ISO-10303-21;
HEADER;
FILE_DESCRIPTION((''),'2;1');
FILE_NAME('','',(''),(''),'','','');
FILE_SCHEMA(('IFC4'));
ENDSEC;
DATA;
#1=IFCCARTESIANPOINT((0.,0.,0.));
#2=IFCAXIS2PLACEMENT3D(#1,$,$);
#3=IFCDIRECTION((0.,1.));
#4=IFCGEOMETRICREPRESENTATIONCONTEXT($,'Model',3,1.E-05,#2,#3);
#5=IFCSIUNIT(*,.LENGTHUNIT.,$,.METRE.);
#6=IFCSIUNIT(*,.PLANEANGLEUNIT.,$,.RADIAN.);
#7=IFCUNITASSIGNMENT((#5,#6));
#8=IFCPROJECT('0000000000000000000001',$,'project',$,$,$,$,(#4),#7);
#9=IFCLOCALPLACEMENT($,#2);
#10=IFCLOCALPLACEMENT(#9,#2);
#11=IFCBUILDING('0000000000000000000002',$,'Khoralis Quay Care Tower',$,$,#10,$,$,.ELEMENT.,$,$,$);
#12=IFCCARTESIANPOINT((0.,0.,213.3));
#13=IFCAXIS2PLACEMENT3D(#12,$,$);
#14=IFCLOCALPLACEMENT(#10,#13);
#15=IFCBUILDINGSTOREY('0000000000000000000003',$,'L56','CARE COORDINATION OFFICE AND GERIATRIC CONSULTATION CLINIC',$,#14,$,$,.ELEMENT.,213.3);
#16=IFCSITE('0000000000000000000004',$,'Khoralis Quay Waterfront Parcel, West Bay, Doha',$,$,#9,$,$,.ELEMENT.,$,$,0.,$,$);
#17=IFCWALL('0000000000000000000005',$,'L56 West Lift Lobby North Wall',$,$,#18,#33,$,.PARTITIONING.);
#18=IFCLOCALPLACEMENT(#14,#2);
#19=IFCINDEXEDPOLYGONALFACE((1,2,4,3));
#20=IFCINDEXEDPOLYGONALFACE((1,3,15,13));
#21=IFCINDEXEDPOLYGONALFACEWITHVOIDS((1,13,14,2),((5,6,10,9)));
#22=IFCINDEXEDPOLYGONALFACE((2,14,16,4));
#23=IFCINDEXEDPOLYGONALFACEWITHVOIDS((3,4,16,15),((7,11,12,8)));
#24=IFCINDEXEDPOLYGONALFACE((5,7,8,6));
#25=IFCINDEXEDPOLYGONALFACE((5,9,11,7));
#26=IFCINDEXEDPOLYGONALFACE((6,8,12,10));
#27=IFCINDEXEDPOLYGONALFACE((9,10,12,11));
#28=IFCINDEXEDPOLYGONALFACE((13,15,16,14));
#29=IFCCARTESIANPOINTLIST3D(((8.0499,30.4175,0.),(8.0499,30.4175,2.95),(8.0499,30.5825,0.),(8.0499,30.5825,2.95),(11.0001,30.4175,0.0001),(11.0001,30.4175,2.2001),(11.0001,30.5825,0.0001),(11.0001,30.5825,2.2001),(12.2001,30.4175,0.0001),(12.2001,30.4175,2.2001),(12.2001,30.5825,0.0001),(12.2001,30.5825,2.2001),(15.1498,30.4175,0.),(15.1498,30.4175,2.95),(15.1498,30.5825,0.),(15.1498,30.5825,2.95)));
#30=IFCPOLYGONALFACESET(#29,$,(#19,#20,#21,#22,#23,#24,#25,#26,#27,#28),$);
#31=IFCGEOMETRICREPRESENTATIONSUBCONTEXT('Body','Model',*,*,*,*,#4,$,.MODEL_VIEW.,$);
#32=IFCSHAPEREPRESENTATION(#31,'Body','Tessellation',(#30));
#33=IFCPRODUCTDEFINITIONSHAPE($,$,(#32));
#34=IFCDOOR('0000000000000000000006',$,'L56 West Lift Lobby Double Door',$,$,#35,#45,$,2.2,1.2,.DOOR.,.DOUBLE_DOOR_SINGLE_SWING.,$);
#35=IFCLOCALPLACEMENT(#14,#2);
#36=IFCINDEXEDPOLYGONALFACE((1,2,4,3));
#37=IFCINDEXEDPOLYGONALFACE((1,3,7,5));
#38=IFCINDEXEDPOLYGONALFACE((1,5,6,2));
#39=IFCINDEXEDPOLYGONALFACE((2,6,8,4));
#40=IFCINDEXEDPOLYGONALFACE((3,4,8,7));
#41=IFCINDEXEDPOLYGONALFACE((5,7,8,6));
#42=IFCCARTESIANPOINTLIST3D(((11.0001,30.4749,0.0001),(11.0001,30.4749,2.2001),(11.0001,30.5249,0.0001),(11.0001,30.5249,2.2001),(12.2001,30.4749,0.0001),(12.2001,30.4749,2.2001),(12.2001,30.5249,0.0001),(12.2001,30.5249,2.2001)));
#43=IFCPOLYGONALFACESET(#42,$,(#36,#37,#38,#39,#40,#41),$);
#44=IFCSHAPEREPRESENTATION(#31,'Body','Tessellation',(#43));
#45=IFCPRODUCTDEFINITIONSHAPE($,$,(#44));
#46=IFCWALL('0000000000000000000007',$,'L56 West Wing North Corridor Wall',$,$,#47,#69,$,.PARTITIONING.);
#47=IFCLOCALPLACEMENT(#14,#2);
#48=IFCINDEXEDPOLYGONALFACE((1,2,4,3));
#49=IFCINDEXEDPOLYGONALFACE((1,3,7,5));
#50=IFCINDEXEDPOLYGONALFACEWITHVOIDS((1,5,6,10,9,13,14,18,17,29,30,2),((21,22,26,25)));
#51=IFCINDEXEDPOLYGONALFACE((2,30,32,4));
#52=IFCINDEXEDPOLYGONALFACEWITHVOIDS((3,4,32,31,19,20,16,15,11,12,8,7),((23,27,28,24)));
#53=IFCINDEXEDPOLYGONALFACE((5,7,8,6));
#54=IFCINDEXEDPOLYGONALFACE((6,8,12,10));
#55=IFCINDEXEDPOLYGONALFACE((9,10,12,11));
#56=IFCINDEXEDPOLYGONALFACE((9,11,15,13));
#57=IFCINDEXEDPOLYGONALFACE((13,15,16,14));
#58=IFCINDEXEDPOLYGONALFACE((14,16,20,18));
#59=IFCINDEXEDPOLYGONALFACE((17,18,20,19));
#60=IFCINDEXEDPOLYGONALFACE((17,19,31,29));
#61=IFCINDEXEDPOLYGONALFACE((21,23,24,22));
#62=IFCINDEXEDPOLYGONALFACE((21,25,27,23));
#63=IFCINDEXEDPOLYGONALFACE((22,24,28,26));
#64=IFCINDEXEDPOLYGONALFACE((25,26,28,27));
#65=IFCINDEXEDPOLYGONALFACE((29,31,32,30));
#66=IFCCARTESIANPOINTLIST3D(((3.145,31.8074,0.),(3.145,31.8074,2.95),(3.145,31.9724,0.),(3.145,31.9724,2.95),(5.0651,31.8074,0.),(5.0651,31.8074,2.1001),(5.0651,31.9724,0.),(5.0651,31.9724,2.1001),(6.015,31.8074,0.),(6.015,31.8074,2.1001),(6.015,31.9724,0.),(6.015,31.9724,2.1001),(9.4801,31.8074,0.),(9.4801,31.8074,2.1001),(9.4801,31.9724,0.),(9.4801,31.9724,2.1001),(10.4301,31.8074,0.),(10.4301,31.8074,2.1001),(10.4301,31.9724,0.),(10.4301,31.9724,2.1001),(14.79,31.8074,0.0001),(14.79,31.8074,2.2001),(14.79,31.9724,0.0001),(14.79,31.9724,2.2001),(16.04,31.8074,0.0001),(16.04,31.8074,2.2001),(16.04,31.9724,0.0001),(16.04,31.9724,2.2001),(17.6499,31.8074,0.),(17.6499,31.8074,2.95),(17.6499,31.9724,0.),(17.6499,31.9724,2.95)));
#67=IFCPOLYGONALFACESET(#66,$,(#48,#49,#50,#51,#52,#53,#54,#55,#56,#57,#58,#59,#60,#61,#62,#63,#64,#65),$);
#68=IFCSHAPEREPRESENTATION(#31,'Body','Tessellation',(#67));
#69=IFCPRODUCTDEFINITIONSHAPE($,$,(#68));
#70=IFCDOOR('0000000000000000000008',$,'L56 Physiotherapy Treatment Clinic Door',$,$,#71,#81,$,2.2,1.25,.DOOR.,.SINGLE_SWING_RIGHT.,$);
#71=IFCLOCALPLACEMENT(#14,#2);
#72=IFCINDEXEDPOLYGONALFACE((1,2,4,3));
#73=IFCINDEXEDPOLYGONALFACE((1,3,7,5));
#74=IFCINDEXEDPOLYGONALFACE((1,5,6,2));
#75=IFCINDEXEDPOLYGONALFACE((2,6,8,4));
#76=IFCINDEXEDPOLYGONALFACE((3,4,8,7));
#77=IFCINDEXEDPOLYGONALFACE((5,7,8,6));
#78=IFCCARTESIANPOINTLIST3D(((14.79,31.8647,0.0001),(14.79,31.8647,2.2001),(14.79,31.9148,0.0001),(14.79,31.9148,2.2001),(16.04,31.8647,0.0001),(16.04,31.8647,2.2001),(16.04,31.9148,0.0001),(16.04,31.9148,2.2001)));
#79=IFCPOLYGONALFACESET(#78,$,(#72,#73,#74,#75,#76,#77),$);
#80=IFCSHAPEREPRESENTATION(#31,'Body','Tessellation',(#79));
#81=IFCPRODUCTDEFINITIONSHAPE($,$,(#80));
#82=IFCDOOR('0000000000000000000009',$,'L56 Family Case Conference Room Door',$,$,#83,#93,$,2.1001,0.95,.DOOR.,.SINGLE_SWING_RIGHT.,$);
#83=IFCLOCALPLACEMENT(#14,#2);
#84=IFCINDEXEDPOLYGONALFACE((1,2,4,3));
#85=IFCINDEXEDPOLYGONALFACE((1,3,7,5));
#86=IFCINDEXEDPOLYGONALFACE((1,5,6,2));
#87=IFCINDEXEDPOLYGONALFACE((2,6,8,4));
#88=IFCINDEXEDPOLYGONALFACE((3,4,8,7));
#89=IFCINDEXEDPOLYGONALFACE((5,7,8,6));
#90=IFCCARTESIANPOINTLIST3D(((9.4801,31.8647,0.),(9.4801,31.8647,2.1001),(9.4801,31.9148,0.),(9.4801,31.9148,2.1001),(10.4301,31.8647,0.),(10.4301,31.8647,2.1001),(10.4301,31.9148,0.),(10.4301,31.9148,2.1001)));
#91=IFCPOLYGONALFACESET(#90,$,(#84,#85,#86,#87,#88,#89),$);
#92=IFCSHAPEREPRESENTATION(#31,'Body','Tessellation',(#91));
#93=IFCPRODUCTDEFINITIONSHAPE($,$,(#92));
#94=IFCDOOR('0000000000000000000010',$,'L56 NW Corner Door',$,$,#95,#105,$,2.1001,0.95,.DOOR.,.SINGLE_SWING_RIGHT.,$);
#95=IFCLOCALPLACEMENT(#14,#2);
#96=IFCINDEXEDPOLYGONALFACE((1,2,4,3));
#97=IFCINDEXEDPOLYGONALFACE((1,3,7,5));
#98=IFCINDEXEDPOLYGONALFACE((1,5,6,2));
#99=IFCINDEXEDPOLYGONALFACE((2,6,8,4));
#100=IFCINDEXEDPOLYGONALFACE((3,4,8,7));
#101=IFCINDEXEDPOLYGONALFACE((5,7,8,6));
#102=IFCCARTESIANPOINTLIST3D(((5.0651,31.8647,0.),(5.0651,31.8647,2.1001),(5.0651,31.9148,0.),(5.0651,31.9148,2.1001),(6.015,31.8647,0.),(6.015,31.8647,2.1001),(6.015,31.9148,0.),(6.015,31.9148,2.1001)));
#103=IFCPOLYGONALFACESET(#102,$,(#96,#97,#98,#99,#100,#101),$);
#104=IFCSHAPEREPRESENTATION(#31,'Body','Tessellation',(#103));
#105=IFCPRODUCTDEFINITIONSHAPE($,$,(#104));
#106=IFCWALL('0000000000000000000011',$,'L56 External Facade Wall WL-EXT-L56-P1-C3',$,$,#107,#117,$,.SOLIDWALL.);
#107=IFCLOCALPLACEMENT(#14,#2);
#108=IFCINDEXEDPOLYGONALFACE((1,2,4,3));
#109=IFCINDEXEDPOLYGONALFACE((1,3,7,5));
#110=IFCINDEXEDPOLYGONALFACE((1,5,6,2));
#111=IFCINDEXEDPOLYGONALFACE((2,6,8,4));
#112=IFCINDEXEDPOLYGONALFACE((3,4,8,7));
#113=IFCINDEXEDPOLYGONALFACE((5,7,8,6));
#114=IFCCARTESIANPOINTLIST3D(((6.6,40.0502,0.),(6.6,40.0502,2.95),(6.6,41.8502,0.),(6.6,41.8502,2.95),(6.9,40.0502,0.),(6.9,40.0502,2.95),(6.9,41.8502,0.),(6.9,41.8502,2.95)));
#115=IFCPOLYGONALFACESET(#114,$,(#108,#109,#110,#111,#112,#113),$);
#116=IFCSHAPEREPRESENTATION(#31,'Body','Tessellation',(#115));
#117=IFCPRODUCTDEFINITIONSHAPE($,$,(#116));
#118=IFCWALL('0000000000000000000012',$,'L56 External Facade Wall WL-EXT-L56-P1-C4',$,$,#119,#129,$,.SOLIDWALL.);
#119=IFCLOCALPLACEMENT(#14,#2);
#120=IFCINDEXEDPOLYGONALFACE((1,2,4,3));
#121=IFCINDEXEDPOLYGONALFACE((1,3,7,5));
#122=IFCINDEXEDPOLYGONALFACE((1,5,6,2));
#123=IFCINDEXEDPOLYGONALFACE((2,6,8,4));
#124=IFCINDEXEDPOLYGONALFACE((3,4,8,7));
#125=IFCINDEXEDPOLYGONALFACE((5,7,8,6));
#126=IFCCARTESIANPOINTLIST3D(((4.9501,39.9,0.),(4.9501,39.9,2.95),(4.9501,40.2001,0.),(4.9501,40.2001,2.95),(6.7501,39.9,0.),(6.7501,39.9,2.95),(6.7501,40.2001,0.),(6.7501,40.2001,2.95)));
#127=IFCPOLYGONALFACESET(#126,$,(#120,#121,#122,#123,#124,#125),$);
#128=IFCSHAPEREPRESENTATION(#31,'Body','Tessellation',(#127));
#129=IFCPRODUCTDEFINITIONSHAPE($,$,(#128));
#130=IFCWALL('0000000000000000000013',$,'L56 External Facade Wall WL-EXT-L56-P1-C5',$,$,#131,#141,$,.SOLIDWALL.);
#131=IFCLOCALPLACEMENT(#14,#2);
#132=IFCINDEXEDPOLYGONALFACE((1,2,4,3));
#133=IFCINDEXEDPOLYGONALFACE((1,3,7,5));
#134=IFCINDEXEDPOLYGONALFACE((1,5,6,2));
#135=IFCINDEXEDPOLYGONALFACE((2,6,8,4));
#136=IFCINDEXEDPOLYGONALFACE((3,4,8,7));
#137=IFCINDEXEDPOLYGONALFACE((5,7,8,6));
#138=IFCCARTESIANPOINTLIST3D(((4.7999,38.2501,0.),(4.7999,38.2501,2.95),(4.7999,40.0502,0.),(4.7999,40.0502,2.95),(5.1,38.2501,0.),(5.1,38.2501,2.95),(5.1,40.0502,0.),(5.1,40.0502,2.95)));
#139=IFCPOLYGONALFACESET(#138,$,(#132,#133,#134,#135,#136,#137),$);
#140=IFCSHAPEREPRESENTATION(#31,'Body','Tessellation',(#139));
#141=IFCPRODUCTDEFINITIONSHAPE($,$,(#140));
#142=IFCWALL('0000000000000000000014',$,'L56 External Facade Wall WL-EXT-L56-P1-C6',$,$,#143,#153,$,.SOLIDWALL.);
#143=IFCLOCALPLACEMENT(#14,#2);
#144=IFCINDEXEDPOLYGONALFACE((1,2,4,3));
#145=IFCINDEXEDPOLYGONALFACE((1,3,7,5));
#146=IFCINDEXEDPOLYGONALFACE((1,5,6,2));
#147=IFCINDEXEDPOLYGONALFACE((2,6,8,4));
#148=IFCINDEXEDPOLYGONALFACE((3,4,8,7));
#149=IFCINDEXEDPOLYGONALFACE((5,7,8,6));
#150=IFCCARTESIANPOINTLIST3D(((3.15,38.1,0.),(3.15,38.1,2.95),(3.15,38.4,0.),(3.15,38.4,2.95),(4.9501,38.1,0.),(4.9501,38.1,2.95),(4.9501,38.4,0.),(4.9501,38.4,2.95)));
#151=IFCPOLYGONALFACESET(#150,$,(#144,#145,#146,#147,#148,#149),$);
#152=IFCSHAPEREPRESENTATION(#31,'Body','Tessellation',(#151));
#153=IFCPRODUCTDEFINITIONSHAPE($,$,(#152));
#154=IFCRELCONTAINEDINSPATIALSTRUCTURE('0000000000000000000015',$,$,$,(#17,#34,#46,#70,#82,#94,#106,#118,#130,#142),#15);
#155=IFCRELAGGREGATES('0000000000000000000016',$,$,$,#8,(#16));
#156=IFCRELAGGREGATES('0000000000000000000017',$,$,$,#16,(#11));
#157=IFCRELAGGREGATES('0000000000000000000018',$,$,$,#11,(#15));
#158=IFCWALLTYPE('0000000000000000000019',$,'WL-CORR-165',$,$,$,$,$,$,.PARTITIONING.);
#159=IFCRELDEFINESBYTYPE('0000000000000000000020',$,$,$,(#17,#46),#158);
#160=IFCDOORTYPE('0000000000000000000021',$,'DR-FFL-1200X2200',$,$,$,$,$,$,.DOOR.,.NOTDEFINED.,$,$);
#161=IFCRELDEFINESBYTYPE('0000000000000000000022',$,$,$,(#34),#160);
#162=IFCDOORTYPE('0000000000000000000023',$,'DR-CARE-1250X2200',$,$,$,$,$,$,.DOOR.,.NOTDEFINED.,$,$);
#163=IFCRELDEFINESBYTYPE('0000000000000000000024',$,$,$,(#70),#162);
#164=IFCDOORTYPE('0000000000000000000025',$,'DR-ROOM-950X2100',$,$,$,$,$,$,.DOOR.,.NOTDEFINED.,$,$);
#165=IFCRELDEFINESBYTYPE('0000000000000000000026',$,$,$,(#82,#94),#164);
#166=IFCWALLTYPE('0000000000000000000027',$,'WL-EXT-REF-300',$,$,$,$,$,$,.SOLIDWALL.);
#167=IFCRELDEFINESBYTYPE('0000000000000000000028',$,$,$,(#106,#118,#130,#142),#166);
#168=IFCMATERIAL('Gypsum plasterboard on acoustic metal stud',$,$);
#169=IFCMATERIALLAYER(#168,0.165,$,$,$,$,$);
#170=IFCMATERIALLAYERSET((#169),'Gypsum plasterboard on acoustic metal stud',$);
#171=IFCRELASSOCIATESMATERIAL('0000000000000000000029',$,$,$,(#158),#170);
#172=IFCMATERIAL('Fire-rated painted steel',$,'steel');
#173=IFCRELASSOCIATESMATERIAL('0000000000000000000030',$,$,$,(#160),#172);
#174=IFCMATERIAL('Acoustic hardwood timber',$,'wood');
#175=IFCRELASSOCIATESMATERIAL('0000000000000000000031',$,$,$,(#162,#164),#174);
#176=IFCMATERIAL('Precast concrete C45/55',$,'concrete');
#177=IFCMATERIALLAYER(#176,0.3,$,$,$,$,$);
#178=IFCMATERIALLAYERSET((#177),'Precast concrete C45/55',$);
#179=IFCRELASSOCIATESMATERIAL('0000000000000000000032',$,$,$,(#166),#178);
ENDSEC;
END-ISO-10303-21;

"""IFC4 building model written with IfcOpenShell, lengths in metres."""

from ifc_helpers import new_model, si_unit, direction, frame, frame_2d, origin, place, context, subcontext, project, spatial, rectangle, extrude, source, transform, mapped, material, layer, layer_set, type_object, element, fill, save


model = new_model("IFC4")

# Units and contexts
model_context = context("Model", 3, precision=1e-05, world=origin(), true_north=direction((0.0, 1.0)))
body_context = subcontext(model_context, "Body", "Model", "MODEL_VIEW")
ifc_project = project(units=[si_unit("LENGTHUNIT", "METRE"), si_unit("PLANEANGLEUNIT", "RADIAN")], contexts=[model_context])

# Site, building, storey
site_placement = place(None, origin())
site = spatial("IfcSite", under=ifc_project, at=site_placement, Name="Khoralis Quay Waterfront Parcel, West Bay, Doha", CompositionType="ELEMENT", RefElevation=0.0)
building_placement = place(site_placement, origin())
building = spatial("IfcBuilding", under=site, at=building_placement, Name="Khoralis Quay Care Tower", CompositionType="ELEMENT")
storey_placement = place(building_placement, frame((0.0, 0.0, 213.3)))
storey = spatial("IfcBuildingStorey", under=building, at=storey_placement, Name="L56", Description="CARE COORDINATION OFFICE AND GERIATRIC CONSULTATION CLINIC", CompositionType="ELEMENT", Elevation=213.3)

# Wall, opening, door
ifc_material_1 = material(Name="Gypsum plasterboard on acoustic metal stud")
ifc_layer_1 = layer(ifc_material_1, 0.165)
ifc_layer_set_1 = layer_set([ifc_layer_1], Name="Gypsum plasterboard on acoustic metal stud")
wall_type_1 = type_object("IfcWallType", Name="WL-CORR-165", PredefinedType="PARTITIONING", material=ifc_layer_set_1)
wall_1_placement = place(storey_placement, frame((8.05, 30.5, 0.0), z_axis=(0.0, 0.0, 1.0), x_axis=(1.0, 0.0, 0.0)))
wall_1 = element("IfcWall", 1, at=wall_1_placement, inside=storey, type_object=wall_type_1, Name="L56 West Lift Lobby North Wall", PredefinedType="PARTITIONING", context=body_context, shape_type="SweptSolid", body=[
    extrude(rectangle(XDim=7.0999, YDim=0.165, at=frame_2d((3.5498, 0.0))), origin(), (0.0, 0.0, 1.0), 2.95),
])
opening_1_placement = place(wall_1_placement, frame((2.95, 0.0, 0.0)))
opening_1 = element("IfcOpeningElement", 2, at=opening_1_placement, cuts=wall_1, PredefinedType="OPENING", context=body_context, shape_type="SweptSolid", body=[
    extrude(rectangle(XDim=1.2, YDim=2.2, at=frame_2d((0.6001, 1.1001))), frame((0.0, 0.0925, 0.0), z_axis=(0.0, -1.0, 0.0), x_axis=(1.0, 0.0, 0.0)), (0.0, 0.0, 1.0), 0.1851),
])
ifc_material_2 = material(Name="Fire-rated painted steel", Category="steel")
door_type_1 = type_object("IfcDoorType", Name="DR-FFL-1200X2200", OperationType="NOTDEFINED", PredefinedType="DOOR", material=ifc_material_2)
shared_shape_1 = source(origin(), body_context, "Body", "SweptSolid", [
    extrude(rectangle(XDim=1.2, YDim=2.2, at=frame_2d((0.6001, 1.1001))), frame((0.0, 0.0249, 0.0), z_axis=(0.0, -1.0, 0.0), x_axis=(1.0, 0.0, 0.0)), (0.0, 0.0, 1.0), 0.05),
])
door_1_placement = place(opening_1_placement, origin())
door_1 = element("IfcDoor", 3, at=door_1_placement, inside=storey, type_object=door_type_1, Name="L56 West Lift Lobby Double Door", OperationType="DOUBLE_DOOR_SINGLE_SWING", OverallHeight=2.2, OverallWidth=1.2, PredefinedType="DOOR", context=body_context, shape_type="MappedRepresentation", body=[
    mapped(shared_shape_1, transform((0.0, 0.0, 0.0), scale=1.0)),
])
fill(opening_1, door_1)

# Wall, openings, doors
wall_2_placement = place(storey_placement, frame((3.145, 31.8899, 0.0), z_axis=(0.0, 0.0, 1.0), x_axis=(1.0, 0.0, 0.0)))
wall_2 = element("IfcWall", 4, at=wall_2_placement, inside=storey, type_object=wall_type_1, Name="L56 West Wing North Corridor Wall", PredefinedType="PARTITIONING", context=body_context, shape_type="SweptSolid", body=[
    extrude(rectangle(XDim=14.5049, YDim=0.165, at=frame_2d((7.2524, 0.0))), origin(), (0.0, 0.0, 1.0), 2.95),
])
opening_2_placement = place(wall_2_placement, frame((6.335, 0.0, 0.0)))
opening_2 = element("IfcOpeningElement", 5, at=opening_2_placement, cuts=wall_2, PredefinedType="OPENING", context=body_context, shape_type="SweptSolid", body=[
    extrude(rectangle(XDim=0.95, YDim=2.1001, at=frame_2d((0.4751, 1.05))), frame((0.0, 0.0925, 0.0), z_axis=(0.0, -1.0, 0.0), x_axis=(1.0, 0.0, 0.0)), (0.0, 0.0, 1.0), 0.1851),
])
opening_3_placement = place(wall_2_placement, frame((11.645, 0.0, 0.0)))
opening_3 = element("IfcOpeningElement", 6, at=opening_3_placement, cuts=wall_2, PredefinedType="OPENING", context=body_context, shape_type="SweptSolid", body=[
    extrude(rectangle(XDim=1.25, YDim=2.2, at=frame_2d((0.625, 1.1001))), frame((0.0, 0.0925, 0.0), z_axis=(0.0, -1.0, 0.0), x_axis=(1.0, 0.0, 0.0)), (0.0, 0.0, 1.0), 0.1851),
])
opening_4_placement = place(wall_2_placement, frame((1.9199, 0.0, 0.0)))
opening_4 = element("IfcOpeningElement", 7, at=opening_4_placement, cuts=wall_2, PredefinedType="OPENING", context=body_context, shape_type="SweptSolid", body=[
    extrude(rectangle(XDim=0.95, YDim=2.1001, at=frame_2d((0.4751, 1.05))), frame((0.0, 0.0925, 0.0), z_axis=(0.0, -1.0, 0.0), x_axis=(1.0, 0.0, 0.0)), (0.0, 0.0, 1.0), 0.1851),
])
ifc_material_3 = material(Name="Acoustic hardwood timber", Category="wood")
door_type_2 = type_object("IfcDoorType", Name="DR-CARE-1250X2200", OperationType="NOTDEFINED", PredefinedType="DOOR", material=ifc_material_3)
shared_shape_2 = source(origin(), body_context, "Body", "SweptSolid", [
    extrude(rectangle(XDim=1.25, YDim=2.2, at=frame_2d((0.625, 1.1001))), frame((0.0, 0.0249, 0.0), z_axis=(0.0, -1.0, 0.0), x_axis=(1.0, 0.0, 0.0)), (0.0, 0.0, 1.0), 0.05),
])
door_2_placement = place(opening_3_placement, origin())
door_2 = element("IfcDoor", 8, at=door_2_placement, inside=storey, type_object=door_type_2, Name="L56 Physiotherapy Treatment Clinic Door", OperationType="SINGLE_SWING_RIGHT", OverallHeight=2.2, OverallWidth=1.25, PredefinedType="DOOR", context=body_context, shape_type="MappedRepresentation", body=[
    mapped(shared_shape_2, transform((0.0, 0.0, 0.0), scale=1.0)),
])
fill(opening_3, door_2)
door_type_3 = type_object("IfcDoorType", Name="DR-ROOM-950X2100", OperationType="NOTDEFINED", PredefinedType="DOOR", material=ifc_material_3)
shared_shape_3 = source(origin(), body_context, "Body", "SweptSolid", [
    extrude(rectangle(XDim=0.95, YDim=2.1001, at=frame_2d((0.4751, 1.05))), frame((0.0, 0.0249, 0.0), z_axis=(0.0, -1.0, 0.0), x_axis=(1.0, 0.0, 0.0)), (0.0, 0.0, 1.0), 0.05),
])
door_3_placement = place(opening_2_placement, origin())
door_3 = element("IfcDoor", 9, at=door_3_placement, inside=storey, type_object=door_type_3, Name="L56 Family Case Conference Room Door", OperationType="SINGLE_SWING_RIGHT", OverallHeight=2.1001, OverallWidth=0.95, PredefinedType="DOOR", context=body_context, shape_type="MappedRepresentation", body=[
    mapped(shared_shape_3, transform((0.0, 0.0, 0.0), scale=1.0)),
])
fill(opening_2, door_3)
door_4_placement = place(opening_4_placement, origin())
door_4 = element("IfcDoor", 10, at=door_4_placement, inside=storey, type_object=door_type_3, Name="L56 NW Corner Door", OperationType="SINGLE_SWING_RIGHT", OverallHeight=2.1001, OverallWidth=0.95, PredefinedType="DOOR", context=body_context, shape_type="MappedRepresentation", body=[
    mapped(shared_shape_3, transform((0.0, 0.0, 0.0), scale=1.0)),
])
fill(opening_4, door_4)

# Walls
ifc_material_4 = material(Name="Precast concrete C45/55", Category="concrete")
ifc_layer_2 = layer(ifc_material_4, 0.3)
ifc_layer_set_2 = layer_set([ifc_layer_2], Name="Precast concrete C45/55")
wall_type_2 = type_object("IfcWallType", Name="WL-EXT-REF-300", PredefinedType="SOLIDWALL", material=ifc_layer_set_2)
for number, where, z_axis, x_axis, name in (
    (11, (6.75, 41.8501, 0.0), (0.0, 0.0, 1.0), (0.0, -1.0, 0.0), "L56 External Facade Wall WL-EXT-L56-P1-C3"),
    (12, (6.75, 40.05, 0.0), (0.0, 0.0, 1.0), (-1.0, 0.0, 0.0), "L56 External Facade Wall WL-EXT-L56-P1-C4"),
    (13, (4.95, 40.05, 0.0), (0.0, 0.0, 1.0), (0.0, -1.0, 0.0), "L56 External Facade Wall WL-EXT-L56-P1-C5"),
    (14, (4.95, 38.25, 0.0), (0.0, 0.0, 1.0), (-1.0, 0.0, 0.0), "L56 External Facade Wall WL-EXT-L56-P1-C6"),
):
    element("IfcWall", number, at=place(storey_placement, frame(where, z_axis=z_axis, x_axis=x_axis)), inside=storey, type_object=wall_type_2, Name=name, PredefinedType="SOLIDWALL", context=body_context, shape_type="SweptSolid", body=[
        extrude(rectangle(XDim=1.8, YDim=0.3, at=frame_2d((0.8999, 0.0))), origin(), (0.0, 0.0, 1.0), 2.95),
    ])

save(model, "model.ifc")
